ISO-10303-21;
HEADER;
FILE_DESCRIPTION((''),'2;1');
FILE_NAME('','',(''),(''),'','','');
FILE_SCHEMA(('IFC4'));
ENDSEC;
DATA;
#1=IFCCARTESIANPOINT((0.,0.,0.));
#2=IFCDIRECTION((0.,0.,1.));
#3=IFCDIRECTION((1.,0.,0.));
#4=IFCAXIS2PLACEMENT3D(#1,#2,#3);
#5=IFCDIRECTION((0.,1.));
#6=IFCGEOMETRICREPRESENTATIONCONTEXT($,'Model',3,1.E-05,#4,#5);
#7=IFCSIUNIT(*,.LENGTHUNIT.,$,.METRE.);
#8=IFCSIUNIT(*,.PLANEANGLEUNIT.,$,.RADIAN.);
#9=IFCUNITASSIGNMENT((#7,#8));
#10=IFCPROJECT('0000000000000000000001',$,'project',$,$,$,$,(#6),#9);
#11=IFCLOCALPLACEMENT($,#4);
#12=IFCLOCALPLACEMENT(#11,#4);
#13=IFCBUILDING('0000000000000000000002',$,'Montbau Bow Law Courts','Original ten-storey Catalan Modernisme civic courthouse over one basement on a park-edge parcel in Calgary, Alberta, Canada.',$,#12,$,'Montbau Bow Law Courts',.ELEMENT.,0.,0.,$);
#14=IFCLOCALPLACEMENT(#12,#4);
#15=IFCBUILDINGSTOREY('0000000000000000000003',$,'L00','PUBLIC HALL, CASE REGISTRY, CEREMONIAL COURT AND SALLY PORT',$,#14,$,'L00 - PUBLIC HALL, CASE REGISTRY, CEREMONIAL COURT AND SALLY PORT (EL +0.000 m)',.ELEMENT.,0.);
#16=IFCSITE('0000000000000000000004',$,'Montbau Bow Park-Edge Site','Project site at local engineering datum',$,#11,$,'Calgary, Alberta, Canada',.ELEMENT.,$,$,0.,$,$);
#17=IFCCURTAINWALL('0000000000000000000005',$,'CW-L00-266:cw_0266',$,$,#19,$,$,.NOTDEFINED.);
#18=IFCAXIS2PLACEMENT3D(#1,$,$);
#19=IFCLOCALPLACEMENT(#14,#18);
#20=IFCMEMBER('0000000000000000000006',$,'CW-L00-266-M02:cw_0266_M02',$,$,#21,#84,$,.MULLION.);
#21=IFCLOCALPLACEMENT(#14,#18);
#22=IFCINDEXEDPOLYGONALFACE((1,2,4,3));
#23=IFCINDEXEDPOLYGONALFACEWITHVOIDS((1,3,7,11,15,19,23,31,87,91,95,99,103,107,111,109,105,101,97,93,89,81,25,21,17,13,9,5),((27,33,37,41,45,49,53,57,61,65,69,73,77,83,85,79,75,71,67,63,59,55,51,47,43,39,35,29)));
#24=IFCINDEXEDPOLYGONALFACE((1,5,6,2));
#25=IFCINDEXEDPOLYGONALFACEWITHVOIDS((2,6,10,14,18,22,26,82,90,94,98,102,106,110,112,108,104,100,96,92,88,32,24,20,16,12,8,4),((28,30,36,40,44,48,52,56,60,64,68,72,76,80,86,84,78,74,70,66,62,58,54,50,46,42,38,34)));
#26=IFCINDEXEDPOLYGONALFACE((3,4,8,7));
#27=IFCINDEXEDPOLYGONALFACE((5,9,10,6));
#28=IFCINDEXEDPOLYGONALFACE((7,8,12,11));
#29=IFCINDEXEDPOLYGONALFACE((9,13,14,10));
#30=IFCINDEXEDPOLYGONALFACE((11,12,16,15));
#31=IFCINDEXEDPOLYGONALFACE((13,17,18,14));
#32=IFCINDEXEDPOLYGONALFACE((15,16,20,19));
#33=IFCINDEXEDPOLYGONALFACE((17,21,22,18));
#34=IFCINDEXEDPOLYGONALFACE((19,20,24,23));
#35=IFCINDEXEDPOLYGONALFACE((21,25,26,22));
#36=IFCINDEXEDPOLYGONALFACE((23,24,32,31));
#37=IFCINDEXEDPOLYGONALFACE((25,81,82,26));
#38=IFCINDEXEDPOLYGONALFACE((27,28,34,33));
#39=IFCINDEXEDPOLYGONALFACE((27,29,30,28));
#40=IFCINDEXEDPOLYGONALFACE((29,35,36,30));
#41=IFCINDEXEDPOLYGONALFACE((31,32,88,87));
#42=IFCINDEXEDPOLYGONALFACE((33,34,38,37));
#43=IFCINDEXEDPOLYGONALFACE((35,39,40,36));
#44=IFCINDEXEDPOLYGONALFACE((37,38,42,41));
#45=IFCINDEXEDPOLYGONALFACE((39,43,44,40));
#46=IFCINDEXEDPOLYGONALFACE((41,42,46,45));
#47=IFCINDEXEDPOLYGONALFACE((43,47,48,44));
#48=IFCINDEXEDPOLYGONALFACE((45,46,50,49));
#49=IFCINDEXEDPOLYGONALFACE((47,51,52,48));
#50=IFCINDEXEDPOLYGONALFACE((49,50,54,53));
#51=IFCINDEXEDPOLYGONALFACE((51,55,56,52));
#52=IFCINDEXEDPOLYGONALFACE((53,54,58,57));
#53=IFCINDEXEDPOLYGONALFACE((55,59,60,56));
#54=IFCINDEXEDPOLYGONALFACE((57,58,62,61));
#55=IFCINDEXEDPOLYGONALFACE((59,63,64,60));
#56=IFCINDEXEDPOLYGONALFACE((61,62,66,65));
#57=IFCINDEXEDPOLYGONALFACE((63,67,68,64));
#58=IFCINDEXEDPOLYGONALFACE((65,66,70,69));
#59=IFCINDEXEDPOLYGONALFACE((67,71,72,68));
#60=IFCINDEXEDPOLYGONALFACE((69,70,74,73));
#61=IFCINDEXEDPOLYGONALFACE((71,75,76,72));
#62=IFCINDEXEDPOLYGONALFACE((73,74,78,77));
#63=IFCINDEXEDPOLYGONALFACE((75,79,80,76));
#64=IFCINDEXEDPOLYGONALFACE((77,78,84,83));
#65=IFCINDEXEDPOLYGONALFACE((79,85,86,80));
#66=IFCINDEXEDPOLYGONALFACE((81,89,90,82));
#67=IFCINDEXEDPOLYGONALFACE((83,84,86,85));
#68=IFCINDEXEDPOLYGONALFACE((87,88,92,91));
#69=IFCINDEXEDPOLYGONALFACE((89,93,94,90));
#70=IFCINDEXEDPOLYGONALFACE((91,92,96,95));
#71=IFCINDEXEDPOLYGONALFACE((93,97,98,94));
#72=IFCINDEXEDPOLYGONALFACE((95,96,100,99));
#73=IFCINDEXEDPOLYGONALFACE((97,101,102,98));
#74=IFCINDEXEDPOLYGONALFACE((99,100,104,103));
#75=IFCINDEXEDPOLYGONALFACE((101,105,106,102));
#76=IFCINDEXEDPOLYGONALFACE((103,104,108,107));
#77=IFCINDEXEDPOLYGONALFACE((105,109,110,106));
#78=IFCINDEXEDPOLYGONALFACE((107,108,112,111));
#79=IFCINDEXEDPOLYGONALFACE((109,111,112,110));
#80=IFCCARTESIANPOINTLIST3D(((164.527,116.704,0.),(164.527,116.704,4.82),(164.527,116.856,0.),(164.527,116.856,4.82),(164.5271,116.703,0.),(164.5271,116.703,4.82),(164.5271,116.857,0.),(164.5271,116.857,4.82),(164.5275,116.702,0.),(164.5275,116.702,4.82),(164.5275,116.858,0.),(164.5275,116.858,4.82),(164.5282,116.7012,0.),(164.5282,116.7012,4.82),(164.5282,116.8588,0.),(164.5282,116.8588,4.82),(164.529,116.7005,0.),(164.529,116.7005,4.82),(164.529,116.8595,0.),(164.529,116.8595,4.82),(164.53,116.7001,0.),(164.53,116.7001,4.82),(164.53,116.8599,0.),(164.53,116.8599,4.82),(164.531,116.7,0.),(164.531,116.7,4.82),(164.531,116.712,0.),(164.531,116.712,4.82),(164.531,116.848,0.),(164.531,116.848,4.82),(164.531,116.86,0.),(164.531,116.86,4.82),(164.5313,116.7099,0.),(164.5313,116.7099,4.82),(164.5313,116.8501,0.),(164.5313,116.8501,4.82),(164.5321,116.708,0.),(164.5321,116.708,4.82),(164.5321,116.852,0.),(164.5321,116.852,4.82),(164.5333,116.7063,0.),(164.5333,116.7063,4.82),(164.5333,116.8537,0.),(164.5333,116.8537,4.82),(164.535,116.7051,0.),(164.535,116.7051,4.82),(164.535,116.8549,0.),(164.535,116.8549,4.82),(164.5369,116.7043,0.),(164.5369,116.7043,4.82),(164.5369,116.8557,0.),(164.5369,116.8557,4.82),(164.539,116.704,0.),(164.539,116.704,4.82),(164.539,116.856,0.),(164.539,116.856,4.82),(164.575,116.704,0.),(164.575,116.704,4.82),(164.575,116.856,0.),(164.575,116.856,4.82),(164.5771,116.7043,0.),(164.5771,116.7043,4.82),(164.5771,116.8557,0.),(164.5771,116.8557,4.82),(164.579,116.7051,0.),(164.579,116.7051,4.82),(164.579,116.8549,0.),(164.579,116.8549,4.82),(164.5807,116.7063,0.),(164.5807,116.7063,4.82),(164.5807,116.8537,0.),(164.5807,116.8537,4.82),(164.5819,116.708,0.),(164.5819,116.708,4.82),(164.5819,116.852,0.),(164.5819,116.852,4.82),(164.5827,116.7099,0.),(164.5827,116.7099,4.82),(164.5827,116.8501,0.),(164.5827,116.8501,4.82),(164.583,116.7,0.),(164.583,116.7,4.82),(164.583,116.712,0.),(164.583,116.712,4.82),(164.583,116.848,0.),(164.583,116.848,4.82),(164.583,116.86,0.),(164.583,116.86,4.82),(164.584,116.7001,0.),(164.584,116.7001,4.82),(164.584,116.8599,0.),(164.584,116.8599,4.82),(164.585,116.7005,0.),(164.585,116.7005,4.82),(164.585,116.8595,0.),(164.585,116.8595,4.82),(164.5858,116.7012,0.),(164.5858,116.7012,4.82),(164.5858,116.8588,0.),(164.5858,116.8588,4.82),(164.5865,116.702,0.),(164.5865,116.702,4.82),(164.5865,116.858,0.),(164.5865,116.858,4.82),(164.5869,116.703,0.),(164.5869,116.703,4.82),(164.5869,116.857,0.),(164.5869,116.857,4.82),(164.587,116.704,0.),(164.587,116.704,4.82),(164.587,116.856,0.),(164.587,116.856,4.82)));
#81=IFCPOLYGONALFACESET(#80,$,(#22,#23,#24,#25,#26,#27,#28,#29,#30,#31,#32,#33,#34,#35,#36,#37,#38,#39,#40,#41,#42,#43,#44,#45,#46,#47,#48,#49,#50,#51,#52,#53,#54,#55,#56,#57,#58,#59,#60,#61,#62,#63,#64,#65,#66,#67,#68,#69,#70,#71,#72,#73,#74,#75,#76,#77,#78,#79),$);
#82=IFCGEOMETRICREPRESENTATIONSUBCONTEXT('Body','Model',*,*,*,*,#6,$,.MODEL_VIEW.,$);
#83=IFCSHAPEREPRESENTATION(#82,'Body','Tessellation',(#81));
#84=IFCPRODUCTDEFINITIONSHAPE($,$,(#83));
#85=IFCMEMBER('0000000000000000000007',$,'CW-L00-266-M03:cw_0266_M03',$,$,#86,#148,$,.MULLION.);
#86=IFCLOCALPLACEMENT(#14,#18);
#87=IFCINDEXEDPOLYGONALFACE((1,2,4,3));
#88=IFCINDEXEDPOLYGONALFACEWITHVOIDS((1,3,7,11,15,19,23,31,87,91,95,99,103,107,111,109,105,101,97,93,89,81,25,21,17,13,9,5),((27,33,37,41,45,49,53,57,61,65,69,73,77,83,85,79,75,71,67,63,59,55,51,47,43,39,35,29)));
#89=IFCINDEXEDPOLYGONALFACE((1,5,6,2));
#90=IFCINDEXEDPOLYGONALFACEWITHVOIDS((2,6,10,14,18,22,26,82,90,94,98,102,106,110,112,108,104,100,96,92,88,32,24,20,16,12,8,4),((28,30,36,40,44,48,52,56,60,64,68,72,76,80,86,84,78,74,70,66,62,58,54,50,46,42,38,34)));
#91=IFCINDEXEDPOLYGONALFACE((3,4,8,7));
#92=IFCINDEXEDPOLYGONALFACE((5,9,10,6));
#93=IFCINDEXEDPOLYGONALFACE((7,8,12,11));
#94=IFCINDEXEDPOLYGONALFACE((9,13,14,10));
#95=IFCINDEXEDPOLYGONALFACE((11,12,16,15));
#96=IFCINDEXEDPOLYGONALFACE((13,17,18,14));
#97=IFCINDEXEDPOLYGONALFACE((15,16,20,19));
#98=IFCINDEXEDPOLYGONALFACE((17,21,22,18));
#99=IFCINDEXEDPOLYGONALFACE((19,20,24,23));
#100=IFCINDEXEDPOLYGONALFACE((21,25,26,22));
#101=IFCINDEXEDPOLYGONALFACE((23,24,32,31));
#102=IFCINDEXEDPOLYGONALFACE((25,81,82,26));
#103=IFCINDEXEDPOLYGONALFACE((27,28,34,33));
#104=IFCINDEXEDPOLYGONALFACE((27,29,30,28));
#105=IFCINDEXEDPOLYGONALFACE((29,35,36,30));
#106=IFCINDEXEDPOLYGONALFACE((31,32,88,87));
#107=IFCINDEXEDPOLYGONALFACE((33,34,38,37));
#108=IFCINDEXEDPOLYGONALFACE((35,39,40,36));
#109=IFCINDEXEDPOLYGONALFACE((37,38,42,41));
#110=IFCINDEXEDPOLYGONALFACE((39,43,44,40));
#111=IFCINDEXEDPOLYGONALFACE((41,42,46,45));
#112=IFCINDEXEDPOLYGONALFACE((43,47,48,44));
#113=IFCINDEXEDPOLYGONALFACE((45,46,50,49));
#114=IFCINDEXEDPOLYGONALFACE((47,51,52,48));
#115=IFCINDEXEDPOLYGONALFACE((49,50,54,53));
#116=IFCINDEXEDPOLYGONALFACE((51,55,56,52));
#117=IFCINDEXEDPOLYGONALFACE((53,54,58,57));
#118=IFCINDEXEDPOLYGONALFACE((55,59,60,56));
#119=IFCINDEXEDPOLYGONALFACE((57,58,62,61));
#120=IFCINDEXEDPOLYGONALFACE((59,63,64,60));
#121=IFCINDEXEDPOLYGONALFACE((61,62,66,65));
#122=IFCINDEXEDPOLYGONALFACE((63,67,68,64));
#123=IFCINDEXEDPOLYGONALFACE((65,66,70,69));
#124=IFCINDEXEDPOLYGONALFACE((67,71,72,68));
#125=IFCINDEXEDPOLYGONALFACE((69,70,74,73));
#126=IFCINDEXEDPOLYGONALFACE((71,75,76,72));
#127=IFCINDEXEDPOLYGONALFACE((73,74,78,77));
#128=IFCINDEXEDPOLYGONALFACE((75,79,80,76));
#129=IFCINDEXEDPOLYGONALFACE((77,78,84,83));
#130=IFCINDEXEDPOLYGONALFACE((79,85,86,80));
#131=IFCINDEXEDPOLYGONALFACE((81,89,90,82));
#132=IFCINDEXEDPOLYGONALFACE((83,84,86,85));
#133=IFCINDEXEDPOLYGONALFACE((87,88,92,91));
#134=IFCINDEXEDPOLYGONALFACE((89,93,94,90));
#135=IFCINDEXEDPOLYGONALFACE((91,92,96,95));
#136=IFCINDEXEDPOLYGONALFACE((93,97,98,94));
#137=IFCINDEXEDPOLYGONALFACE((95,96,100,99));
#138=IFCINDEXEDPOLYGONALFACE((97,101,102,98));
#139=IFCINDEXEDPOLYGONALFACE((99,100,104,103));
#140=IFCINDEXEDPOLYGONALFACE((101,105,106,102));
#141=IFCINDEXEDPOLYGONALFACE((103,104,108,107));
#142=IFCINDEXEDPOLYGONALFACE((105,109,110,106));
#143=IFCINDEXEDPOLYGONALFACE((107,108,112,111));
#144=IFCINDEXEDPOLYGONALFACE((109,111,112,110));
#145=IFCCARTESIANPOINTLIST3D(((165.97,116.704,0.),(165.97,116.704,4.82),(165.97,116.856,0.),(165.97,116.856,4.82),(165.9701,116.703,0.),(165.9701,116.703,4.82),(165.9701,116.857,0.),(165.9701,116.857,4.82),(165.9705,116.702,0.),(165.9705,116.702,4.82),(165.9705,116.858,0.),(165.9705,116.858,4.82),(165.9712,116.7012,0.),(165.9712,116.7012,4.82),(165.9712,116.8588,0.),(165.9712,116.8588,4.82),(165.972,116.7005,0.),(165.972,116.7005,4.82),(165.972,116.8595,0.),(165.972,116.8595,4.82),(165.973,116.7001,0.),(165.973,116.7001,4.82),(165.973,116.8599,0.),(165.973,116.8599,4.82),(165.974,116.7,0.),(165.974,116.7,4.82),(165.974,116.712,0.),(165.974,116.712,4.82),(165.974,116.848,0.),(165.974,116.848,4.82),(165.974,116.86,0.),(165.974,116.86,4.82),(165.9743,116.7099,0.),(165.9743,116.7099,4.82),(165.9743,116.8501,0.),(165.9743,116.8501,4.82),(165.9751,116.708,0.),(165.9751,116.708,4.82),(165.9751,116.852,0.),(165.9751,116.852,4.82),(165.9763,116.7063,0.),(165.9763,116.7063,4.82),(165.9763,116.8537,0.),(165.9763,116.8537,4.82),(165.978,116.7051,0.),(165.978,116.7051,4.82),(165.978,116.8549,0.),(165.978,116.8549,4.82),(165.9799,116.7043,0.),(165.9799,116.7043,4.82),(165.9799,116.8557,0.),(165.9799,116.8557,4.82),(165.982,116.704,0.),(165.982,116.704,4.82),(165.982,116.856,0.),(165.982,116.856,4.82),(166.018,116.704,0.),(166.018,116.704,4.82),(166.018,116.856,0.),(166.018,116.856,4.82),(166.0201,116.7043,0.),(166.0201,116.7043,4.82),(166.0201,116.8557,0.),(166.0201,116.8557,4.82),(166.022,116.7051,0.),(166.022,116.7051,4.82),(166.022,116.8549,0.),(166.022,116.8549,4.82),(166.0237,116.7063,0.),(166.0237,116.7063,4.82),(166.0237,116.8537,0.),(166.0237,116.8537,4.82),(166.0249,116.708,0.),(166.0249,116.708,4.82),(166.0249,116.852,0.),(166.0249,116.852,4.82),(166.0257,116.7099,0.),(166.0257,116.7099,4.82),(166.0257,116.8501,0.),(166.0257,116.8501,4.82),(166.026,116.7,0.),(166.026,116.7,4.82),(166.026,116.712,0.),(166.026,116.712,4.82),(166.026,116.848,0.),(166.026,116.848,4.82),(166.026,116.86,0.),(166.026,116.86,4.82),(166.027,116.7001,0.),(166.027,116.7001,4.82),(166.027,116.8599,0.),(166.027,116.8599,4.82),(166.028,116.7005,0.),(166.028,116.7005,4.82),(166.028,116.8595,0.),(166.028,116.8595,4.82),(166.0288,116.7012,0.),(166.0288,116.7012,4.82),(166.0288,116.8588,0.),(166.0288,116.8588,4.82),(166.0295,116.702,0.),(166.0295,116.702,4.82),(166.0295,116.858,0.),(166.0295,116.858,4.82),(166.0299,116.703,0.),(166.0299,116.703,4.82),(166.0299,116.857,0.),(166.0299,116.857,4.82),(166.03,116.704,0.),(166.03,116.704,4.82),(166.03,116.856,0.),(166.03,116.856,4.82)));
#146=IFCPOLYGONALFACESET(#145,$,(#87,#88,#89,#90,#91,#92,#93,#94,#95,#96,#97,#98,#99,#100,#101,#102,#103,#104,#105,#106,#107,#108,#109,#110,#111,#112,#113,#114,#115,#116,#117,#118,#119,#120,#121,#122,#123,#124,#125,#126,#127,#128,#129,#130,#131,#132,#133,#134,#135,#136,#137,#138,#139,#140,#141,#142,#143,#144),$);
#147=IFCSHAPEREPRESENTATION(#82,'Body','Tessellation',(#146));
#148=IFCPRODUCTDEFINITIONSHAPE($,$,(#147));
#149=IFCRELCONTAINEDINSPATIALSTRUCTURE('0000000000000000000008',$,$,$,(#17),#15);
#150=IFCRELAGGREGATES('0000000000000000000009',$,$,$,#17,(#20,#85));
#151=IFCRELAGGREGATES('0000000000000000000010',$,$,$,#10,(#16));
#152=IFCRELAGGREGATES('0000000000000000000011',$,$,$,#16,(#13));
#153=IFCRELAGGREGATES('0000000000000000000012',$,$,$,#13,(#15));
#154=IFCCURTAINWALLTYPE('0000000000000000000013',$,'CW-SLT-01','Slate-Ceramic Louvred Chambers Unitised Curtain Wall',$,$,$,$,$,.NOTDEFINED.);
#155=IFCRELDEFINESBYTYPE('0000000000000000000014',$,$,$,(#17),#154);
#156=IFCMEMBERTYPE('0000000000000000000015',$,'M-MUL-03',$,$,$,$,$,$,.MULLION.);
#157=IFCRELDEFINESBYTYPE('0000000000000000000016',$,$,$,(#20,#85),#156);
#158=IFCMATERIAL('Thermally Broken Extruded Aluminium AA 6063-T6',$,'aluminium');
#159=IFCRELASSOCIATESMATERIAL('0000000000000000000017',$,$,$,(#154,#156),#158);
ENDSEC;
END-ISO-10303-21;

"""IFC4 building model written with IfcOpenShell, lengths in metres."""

from ifc_helpers import new_model, si_unit, direction, frame, origin_with_axes, origin_2d_with_axis, place, context, subcontext, project, spatial, hollow_rectangle, extrude, material, material_profile, profile_set, type_object, element, aggregate, save


model = new_model("IFC4")

# Units and contexts
model_context = context("Model", 3, precision=1e-05, world=origin_with_axes(), true_north=direction((0.0, 1.0)))
body_context = subcontext(model_context, "Body", "Model", "MODEL_VIEW")
ifc_project = project(units=[si_unit("LENGTHUNIT", "METRE"), si_unit("PLANEANGLEUNIT", "RADIAN")], contexts=[model_context])

# Site, building, storey
site_placement = place(None, origin_with_axes())
site = spatial("IfcSite", under=ifc_project, at=site_placement, Name="Montbau Bow Park-Edge Site", Description="Project site at local engineering datum", LongName="Calgary, Alberta, Canada", CompositionType="ELEMENT", RefElevation=0.0)
building_placement = place(site_placement, origin_with_axes())
building = spatial("IfcBuilding", under=site, at=building_placement, Name="Montbau Bow Law Courts", Description="Original ten-storey Catalan Modernisme civic courthouse over one basement on a park-edge parcel in Calgary, Alberta, Canada.", LongName="Montbau Bow Law Courts", CompositionType="ELEMENT", ElevationOfRefHeight=0.0, ElevationOfTerrain=0.0)
storey_placement = place(building_placement, origin_with_axes())
storey = spatial("IfcBuildingStorey", under=building, at=storey_placement, Name="L00", Description="PUBLIC HALL, CASE REGISTRY, CEREMONIAL COURT AND SALLY PORT", LongName="L00 - PUBLIC HALL, CASE REGISTRY, CEREMONIAL COURT AND SALLY PORT (EL +0.000 m)", CompositionType="ELEMENT", Elevation=0.0)

# Curtain wall, members
ifc_material_1 = material(Name="Thermally Broken Extruded Aluminium AA 6063-T6", Category="aluminium")
curtain_wall_type = type_object("IfcCurtainWallType", Name="CW-SLT-01", Description="Slate-Ceramic Louvred Chambers Unitised Curtain Wall", PredefinedType="NOTDEFINED", material=ifc_material_1)
curtain_wall_placement = place(None, frame((163.115, 116.78, 0.0), z_axis=(0.0, 0.0, 1.0), x_axis=(1.0, 0.0, 0.0)))
curtain_wall = element("IfcCurtainWall", 1, at=curtain_wall_placement, inside=storey, type_object=curtain_wall_type, Name="CW-L00-266:cw_0266", PredefinedType="NOTDEFINED")
ifc_material_profile_1 = material_profile(ifc_material_1, hollow_rectangle(XDim=0.06, YDim=0.16, WallThickness=0.004, InnerFilletRadius=0.008, OuterFilletRadius=0.004, at=origin_2d_with_axis()), Name="CWM-160X60", Category="Main", Priority=0)
ifc_profile_set_1 = profile_set([ifc_material_profile_1], Name="Thermally Broken Extruded Aluminium AA 6063-T6")
member_type_1 = type_object("IfcMemberType", Name="M-MUL-03", PredefinedType="MULLION", material=ifc_profile_set_1)
member_1_placement = place(None, frame((164.557, 116.78, 0.0), z_axis=(0.0, 0.0, 1.0), x_axis=(1.0, 0.0, 0.0)))
member_1 = element("IfcMember", 2, at=member_1_placement, type_object=member_type_1, Name="CW-L00-266-M02:cw_0266_M02", PredefinedType="MULLION", context=body_context, shape_type="SweptSolid", body=[
    extrude(hollow_rectangle(XDim=0.06, YDim=0.16, WallThickness=0.004, InnerFilletRadius=0.008, OuterFilletRadius=0.004, at=origin_2d_with_axis()), origin_with_axes(), (0.0, 0.0, 1.0), 4.82),
])
member_2_placement = place(None, frame((166.0, 116.78, 0.0), z_axis=(0.0, 0.0, 1.0), x_axis=(1.0, 0.0, 0.0)))
member_2 = element("IfcMember", 3, at=member_2_placement, type_object=member_type_1, Name="CW-L00-266-M03:cw_0266_M03", PredefinedType="MULLION", context=body_context, shape_type="SweptSolid", body=[
    extrude(hollow_rectangle(XDim=0.06, YDim=0.16, WallThickness=0.004, InnerFilletRadius=0.008, OuterFilletRadius=0.004, at=origin_2d_with_axis()), origin_with_axes(), (0.0, 0.0, 1.0), 4.82),
])
aggregate(curtain_wall, [member_1, member_2])

save(model, "model.ifc")
